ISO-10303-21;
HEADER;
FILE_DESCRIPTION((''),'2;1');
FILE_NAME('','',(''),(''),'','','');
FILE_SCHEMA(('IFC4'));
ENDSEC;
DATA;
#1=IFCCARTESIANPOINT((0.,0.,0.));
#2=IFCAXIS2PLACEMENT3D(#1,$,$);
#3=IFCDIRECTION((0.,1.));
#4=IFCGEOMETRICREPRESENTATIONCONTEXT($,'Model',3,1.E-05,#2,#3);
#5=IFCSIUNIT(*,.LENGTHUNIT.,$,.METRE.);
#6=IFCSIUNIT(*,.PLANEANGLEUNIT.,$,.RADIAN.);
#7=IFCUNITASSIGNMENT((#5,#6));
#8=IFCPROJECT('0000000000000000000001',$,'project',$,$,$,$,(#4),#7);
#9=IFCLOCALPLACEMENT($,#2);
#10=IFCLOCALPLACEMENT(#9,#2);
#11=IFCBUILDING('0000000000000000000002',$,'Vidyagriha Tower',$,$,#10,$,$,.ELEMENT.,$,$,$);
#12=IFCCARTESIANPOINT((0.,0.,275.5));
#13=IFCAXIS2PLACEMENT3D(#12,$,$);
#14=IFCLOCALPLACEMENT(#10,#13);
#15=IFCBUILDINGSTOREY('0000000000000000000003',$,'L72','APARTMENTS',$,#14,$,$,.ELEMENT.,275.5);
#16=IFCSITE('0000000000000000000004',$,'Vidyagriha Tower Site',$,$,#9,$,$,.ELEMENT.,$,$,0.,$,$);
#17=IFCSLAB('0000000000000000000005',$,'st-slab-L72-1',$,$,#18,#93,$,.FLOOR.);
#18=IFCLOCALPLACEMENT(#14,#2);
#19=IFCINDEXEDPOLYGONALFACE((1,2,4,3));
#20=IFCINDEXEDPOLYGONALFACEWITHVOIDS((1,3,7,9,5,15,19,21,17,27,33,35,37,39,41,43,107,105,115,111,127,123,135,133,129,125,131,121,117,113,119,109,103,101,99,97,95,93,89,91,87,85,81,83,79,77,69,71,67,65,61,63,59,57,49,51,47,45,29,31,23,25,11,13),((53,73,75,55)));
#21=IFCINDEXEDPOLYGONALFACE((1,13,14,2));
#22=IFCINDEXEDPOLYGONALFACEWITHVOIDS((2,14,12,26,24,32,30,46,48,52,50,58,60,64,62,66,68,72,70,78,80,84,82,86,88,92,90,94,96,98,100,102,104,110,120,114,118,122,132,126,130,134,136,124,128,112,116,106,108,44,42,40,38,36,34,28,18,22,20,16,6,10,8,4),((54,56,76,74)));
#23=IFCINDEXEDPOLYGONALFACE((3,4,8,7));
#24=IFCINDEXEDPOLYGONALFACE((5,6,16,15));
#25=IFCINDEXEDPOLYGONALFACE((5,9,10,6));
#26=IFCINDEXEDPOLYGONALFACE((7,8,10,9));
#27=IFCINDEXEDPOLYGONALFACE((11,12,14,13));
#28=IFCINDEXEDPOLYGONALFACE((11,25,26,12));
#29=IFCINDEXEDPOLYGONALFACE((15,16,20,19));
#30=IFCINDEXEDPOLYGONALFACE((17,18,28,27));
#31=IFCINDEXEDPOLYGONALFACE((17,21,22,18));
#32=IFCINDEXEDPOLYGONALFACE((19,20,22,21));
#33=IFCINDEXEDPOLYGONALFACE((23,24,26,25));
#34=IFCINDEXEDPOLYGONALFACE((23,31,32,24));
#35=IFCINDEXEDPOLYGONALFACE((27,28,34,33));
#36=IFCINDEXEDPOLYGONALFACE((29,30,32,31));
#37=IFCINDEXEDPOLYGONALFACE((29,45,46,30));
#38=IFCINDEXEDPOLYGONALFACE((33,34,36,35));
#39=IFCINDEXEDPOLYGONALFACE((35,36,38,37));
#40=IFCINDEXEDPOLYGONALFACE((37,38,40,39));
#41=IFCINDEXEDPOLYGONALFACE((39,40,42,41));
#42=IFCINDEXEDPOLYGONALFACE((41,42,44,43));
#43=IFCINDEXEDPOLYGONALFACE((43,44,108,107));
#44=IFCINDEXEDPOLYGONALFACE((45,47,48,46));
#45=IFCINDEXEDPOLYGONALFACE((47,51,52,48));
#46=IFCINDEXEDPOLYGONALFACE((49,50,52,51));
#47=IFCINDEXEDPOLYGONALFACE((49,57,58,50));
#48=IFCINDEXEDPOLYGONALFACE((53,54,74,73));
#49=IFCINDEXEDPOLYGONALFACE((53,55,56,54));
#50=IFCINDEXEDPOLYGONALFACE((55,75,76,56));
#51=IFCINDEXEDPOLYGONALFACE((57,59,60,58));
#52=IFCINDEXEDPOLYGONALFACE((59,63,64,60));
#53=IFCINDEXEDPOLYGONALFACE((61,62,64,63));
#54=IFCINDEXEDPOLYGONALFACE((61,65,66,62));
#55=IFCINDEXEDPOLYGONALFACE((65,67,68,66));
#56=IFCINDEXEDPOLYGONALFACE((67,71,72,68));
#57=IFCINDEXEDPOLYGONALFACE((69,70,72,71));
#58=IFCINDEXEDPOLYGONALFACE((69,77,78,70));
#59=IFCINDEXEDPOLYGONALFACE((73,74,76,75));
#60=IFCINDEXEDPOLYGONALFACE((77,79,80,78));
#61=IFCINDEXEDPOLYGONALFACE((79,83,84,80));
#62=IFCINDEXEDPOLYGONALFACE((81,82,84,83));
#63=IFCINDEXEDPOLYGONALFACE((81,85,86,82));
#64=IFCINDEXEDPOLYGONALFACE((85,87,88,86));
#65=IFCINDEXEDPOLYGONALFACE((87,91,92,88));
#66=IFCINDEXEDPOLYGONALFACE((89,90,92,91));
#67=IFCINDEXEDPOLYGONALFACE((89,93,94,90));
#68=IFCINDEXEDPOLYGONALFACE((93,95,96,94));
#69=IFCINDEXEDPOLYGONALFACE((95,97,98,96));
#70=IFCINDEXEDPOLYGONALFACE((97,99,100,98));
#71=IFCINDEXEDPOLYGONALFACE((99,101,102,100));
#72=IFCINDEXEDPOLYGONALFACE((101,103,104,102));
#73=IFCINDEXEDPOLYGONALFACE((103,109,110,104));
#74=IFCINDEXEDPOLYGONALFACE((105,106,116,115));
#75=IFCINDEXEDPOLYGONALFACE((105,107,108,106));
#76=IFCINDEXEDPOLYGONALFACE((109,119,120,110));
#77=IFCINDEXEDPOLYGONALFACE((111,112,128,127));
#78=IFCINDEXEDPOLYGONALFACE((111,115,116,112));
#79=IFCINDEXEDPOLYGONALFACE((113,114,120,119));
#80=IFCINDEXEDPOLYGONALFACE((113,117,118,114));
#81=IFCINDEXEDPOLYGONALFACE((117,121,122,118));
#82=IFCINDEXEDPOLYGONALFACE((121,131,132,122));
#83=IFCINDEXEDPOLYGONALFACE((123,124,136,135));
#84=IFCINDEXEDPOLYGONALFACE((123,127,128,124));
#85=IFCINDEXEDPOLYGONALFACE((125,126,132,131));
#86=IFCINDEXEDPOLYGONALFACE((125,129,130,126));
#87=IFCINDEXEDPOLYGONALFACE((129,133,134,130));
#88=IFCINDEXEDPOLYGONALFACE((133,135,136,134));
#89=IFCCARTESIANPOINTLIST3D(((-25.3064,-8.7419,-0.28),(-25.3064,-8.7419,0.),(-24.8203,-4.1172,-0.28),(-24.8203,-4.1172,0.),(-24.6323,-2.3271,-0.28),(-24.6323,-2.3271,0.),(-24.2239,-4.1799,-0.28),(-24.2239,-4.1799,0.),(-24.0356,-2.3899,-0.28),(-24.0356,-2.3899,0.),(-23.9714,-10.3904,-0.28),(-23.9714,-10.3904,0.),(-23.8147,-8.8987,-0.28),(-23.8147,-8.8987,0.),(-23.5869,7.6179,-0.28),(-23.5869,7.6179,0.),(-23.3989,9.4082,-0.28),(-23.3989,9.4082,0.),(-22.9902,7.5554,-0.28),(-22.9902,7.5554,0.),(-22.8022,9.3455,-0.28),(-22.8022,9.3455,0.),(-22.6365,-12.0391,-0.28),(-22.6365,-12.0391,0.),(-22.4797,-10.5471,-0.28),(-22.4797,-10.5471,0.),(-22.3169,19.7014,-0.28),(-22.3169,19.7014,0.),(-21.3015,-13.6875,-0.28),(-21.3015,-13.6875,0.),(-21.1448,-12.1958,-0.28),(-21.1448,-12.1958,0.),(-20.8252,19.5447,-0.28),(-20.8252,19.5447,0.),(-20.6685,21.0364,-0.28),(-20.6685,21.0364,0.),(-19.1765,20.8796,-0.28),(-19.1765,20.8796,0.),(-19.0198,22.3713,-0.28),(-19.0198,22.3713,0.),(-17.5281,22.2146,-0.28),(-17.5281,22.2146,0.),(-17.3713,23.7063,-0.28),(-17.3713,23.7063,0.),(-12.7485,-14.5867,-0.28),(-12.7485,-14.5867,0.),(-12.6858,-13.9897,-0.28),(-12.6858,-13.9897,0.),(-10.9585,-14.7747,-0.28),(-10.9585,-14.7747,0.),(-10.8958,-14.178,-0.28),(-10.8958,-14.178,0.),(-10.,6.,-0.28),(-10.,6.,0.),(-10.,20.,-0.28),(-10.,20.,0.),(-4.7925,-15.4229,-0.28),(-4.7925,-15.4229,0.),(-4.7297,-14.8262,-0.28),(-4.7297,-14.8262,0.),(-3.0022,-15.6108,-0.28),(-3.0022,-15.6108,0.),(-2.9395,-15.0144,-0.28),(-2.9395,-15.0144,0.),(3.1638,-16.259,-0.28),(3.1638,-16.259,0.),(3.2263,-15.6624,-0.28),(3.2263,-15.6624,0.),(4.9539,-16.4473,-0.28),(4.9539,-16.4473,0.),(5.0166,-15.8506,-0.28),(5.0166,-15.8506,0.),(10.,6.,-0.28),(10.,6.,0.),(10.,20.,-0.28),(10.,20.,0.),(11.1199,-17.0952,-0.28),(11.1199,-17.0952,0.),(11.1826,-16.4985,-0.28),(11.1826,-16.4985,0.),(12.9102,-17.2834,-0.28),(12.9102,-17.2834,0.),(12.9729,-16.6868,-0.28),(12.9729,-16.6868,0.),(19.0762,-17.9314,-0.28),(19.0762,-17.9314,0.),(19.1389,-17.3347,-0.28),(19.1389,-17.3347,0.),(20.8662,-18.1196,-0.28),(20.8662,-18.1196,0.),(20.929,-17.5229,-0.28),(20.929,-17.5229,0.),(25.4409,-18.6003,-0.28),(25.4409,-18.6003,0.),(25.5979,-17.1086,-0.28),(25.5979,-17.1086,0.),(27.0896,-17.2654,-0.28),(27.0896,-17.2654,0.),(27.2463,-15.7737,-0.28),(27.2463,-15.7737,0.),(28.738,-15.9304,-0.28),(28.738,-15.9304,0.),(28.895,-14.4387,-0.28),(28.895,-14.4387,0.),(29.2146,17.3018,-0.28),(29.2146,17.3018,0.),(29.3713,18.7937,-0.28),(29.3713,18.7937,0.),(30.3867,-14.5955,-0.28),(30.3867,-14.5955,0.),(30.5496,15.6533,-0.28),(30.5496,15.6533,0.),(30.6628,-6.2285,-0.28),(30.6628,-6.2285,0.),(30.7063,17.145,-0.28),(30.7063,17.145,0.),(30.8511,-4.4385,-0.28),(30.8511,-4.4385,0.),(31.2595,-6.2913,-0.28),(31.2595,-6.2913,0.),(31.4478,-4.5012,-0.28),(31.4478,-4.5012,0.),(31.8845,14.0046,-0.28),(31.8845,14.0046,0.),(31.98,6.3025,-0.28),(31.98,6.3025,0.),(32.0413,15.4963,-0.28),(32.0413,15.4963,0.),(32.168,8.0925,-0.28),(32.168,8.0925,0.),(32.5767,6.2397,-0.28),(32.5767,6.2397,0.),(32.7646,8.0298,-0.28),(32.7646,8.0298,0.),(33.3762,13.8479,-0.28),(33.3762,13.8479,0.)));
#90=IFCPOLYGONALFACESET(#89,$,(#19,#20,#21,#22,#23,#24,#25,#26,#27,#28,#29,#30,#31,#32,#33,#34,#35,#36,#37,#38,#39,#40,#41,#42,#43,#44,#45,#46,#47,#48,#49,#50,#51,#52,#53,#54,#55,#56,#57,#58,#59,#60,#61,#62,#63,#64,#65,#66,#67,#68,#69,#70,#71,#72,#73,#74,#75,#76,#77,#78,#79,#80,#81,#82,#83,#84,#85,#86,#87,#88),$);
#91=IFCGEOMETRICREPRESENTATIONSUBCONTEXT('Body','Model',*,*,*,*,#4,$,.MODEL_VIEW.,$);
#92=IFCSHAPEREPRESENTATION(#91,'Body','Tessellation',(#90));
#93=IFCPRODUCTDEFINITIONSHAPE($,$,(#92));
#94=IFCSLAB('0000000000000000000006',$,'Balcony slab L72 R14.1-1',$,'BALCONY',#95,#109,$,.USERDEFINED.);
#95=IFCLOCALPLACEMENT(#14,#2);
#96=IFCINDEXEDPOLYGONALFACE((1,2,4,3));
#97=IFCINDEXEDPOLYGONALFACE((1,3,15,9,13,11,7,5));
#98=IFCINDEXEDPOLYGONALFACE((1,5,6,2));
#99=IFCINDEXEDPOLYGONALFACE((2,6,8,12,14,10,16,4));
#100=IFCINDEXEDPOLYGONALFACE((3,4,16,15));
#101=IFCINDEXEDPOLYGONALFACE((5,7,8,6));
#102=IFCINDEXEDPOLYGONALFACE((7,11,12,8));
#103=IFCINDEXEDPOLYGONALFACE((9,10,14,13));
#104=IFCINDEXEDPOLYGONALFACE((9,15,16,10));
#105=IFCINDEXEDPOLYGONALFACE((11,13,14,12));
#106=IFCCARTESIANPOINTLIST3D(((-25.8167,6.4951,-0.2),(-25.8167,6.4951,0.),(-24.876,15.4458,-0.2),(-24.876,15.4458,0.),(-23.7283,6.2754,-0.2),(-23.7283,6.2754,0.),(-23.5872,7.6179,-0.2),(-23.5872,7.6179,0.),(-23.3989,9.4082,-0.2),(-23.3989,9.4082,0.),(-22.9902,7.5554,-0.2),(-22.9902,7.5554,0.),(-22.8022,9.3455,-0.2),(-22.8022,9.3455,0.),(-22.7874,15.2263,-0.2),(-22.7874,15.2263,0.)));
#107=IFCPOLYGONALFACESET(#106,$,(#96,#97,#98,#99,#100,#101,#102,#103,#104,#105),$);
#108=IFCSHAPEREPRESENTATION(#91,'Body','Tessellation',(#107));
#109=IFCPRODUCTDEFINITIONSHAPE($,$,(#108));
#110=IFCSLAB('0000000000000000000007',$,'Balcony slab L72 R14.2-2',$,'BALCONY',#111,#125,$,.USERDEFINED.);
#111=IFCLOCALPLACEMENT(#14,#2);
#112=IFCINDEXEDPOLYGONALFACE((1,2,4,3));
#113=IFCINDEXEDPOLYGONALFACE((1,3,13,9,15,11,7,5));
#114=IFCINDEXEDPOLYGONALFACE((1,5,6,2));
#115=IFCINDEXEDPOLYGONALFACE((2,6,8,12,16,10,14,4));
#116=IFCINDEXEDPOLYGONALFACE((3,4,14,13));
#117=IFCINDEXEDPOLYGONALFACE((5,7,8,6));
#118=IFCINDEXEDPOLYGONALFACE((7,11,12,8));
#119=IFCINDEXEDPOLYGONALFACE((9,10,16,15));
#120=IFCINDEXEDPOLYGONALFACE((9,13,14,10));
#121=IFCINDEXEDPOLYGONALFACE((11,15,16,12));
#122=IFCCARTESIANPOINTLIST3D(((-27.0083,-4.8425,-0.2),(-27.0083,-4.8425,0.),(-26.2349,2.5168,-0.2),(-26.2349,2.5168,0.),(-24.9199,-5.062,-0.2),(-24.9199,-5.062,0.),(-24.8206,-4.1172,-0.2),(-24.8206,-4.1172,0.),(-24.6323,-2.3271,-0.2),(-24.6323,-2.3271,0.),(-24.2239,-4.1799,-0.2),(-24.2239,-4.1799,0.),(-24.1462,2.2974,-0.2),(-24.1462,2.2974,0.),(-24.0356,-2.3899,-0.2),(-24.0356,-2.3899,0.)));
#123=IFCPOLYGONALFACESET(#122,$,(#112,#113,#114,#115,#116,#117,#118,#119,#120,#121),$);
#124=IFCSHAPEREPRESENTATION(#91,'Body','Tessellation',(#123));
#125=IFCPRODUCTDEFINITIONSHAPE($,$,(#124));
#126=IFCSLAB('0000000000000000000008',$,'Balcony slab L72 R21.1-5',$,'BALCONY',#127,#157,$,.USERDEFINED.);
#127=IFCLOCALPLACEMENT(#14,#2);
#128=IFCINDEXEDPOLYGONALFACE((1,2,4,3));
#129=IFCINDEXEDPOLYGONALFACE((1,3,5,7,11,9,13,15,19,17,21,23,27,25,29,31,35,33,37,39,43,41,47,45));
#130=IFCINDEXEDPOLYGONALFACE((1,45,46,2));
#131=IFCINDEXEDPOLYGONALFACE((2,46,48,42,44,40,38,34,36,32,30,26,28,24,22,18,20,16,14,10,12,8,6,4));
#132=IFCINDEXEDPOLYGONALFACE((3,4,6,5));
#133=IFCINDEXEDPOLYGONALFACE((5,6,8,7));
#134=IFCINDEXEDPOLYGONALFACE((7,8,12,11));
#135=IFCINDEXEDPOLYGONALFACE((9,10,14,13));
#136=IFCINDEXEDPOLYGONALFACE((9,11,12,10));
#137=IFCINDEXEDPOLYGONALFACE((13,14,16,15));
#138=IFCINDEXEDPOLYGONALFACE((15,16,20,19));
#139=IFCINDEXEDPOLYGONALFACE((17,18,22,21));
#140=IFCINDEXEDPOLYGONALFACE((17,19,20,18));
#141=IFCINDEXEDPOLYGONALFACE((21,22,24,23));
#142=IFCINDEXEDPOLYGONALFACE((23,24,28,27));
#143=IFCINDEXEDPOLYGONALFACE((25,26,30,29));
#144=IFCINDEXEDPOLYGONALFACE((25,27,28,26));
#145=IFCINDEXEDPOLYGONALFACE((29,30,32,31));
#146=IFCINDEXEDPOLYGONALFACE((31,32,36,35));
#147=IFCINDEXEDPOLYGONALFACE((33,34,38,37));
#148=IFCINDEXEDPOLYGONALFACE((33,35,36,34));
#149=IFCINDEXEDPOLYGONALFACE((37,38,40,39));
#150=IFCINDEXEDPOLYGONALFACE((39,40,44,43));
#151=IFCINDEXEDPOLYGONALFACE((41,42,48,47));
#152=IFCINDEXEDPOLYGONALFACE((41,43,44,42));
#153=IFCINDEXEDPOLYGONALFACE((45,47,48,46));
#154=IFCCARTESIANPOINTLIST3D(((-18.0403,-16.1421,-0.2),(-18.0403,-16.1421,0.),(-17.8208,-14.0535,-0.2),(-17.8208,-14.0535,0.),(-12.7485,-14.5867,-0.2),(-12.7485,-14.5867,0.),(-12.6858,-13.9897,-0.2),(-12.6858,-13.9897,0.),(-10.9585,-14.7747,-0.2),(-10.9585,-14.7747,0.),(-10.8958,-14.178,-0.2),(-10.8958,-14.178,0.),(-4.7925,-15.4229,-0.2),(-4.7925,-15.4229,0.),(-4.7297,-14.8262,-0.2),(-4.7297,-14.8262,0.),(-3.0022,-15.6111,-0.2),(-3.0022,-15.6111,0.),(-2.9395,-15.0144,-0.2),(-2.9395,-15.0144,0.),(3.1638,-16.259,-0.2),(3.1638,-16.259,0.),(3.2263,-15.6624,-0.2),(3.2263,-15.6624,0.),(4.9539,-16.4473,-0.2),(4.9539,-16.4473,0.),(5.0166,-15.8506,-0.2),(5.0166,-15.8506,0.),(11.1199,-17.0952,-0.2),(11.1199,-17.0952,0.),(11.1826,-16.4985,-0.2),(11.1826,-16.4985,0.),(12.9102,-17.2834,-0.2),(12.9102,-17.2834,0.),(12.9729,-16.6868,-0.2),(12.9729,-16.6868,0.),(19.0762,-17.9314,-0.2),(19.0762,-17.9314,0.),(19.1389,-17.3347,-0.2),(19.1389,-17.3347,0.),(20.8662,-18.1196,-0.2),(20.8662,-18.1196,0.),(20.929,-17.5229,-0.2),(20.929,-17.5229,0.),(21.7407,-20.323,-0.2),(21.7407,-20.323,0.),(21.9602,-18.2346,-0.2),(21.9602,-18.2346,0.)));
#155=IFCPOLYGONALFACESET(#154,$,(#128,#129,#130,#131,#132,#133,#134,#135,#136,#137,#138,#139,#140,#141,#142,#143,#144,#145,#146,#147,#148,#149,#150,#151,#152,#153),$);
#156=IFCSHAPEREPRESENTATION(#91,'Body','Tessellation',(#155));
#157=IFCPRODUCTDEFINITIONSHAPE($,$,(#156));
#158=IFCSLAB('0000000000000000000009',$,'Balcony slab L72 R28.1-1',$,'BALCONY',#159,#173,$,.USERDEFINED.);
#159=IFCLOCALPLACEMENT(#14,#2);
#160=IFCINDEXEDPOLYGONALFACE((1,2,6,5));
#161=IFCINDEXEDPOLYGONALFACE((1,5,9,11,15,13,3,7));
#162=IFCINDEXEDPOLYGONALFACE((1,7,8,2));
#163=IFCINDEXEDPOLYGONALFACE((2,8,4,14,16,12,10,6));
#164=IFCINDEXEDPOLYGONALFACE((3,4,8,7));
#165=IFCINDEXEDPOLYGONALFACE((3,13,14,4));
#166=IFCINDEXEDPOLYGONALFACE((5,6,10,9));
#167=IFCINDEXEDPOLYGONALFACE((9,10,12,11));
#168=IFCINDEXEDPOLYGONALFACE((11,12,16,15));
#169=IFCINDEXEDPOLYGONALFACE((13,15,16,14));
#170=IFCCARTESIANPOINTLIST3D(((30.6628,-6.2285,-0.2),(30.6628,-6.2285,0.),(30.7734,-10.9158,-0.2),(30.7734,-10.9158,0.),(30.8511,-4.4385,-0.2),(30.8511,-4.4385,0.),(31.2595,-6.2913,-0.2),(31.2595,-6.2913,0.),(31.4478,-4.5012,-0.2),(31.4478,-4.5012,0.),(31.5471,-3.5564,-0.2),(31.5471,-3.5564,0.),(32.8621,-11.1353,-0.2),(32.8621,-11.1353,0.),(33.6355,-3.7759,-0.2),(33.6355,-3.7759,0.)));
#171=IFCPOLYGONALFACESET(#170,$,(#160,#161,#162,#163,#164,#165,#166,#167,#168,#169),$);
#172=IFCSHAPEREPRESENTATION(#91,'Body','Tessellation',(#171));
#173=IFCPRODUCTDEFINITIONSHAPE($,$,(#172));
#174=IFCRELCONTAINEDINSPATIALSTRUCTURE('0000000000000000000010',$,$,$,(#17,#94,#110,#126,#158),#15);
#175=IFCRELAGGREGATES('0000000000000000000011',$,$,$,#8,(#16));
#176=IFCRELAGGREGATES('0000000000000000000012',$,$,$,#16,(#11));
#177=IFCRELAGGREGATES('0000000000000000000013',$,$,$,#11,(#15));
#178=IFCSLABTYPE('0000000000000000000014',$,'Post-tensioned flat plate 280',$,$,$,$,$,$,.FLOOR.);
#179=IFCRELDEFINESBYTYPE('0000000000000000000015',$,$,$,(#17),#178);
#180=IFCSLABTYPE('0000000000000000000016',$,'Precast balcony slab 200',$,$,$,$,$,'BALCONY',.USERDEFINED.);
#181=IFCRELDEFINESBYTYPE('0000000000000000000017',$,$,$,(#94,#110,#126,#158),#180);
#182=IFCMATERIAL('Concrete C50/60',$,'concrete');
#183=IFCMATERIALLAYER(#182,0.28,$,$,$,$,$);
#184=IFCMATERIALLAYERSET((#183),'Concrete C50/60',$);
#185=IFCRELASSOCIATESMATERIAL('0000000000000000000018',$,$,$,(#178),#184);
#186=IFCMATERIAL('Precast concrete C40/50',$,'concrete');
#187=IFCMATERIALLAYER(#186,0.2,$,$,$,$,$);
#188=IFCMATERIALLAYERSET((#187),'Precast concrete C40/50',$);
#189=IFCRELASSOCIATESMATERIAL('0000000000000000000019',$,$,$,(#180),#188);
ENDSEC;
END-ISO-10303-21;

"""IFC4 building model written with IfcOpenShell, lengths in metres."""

from ifc_helpers import new_model, si_unit, direction, frame, origin, place, context, subcontext, project, spatial, polyline, outline, extrude, material, layer, layer_set, type_object, element, save


model = new_model("IFC4")

# Units and contexts
model_context = context("Model", 3, precision=1e-05, world=origin(), true_north=direction((0.0, 1.0)))
body_context = subcontext(model_context, "Body", "Model", "MODEL_VIEW")
ifc_project = project(units=[si_unit("LENGTHUNIT", "METRE"), si_unit("PLANEANGLEUNIT", "RADIAN")], contexts=[model_context])

# Site, building, storey
site_placement = place(None, origin())
site = spatial("IfcSite", under=ifc_project, at=site_placement, Name="Vidyagriha Tower Site", CompositionType="ELEMENT", RefElevation=0.0)
building_placement = place(site_placement, origin())
building = spatial("IfcBuilding", under=site, at=building_placement, Name="Vidyagriha Tower", CompositionType="ELEMENT")
storey_placement = place(building_placement, frame((0.0, 0.0, 275.5)))
storey = spatial("IfcBuildingStorey", under=building, at=storey_placement, Name="L72", Description="APARTMENTS", CompositionType="ELEMENT", Elevation=275.5)

# Slabs
ifc_material_1 = material(Name="Concrete C50/60", Category="concrete")
ifc_layer_1 = layer(ifc_material_1, 0.28)
ifc_layer_set_1 = layer_set([ifc_layer_1], Name="Concrete C50/60")
slab_type_1 = type_object("IfcSlabType", Name="Post-tensioned flat plate 280", PredefinedType="FLOOR", material=ifc_layer_set_1)
slab_1_placement = place(storey_placement, frame((0.0, 0.0, -0.28)))
element("IfcSlab", 1, at=slab_1_placement, inside=storey, type_object=slab_type_1, Name="st-slab-L72-1", PredefinedType="FLOOR", context=body_context, shape_type="SweptSolid", body=[
    extrude(outline(polyline([(28.738, -15.9304), (27.2463, -15.7737), (27.0896, -17.2654), (25.5979, -17.1086), (25.4409, -18.6003), (20.8662, -18.1196), (20.929, -17.5229), (19.1389, -17.3347), (19.0762, -17.9314), (12.9102, -17.2834), (12.9729, -16.6868), (11.1826, -16.4985), (11.1199, -17.0952), (4.9539, -16.4473), (5.0166, -15.8506), (3.2263, -15.6624), (3.1638, -16.259), (-3.0022, -15.6108), (-2.9395, -15.0144), (-4.7297, -14.8262), (-4.7925, -15.4229), (-10.9585, -14.7747), (-10.8958, -14.178), (-12.6858, -13.9897), (-12.7485, -14.5867), (-21.3015, -13.6875), (-21.1448, -12.1958), (-22.6365, -12.0391), (-22.4797, -10.5471), (-23.9714, -10.3904), (-23.8147, -8.8987), (-25.3064, -8.7419), (-24.8203, -4.1172), (-24.2239, -4.1799), (-24.0356, -2.3899), (-24.6323, -2.3271), (-23.5869, 7.6179), (-22.9902, 7.5554), (-22.8022, 9.3455), (-23.3989, 9.4082), (-22.3169, 19.7014), (-20.8252, 19.5447), (-20.6685, 21.0364), (-19.1765, 20.8796), (-19.0198, 22.3713), (-17.5281, 22.2146), (-17.3713, 23.7063), (29.3713, 18.7937), (29.2146, 17.3018), (30.7063, 17.145), (30.5496, 15.6533), (32.0413, 15.4963), (31.8845, 14.0046), (33.3762, 13.8479), (32.7646, 8.0298), (32.168, 8.0925), (31.98, 6.3025), (32.5767, 6.2397), (31.4478, -4.5012), (30.8511, -4.4385), (30.6628, -6.2285), (31.2595, -6.2913), (30.3867, -14.5955), (28.895, -14.4387), (28.738, -15.9304)]), holes=[polyline([(-10.0, 20.0), (-10.0, 6.0), (10.0, 6.0), (10.0, 20.0), (-10.0, 20.0)])]), origin(), (0.0, 0.0, 1.0), 0.28),
])
ifc_material_2 = material(Name="Precast concrete C40/50", Category="concrete")
ifc_layer_2 = layer(ifc_material_2, 0.2)
ifc_layer_set_2 = layer_set([ifc_layer_2], Name="Precast concrete C40/50")
slab_type_2 = type_object("IfcSlabType", Name="Precast balcony slab 200", ElementType="BALCONY", PredefinedType="USERDEFINED", material=ifc_layer_set_2)
slab_2_placement = place(storey_placement, frame((0.0, 0.0, -0.2)))
element("IfcSlab", 2, at=slab_2_placement, inside=storey, type_object=slab_type_2, Name="Balcony slab L72 R14.1-1", ObjectType="BALCONY", PredefinedType="USERDEFINED", context=body_context, shape_type="SweptSolid", body=[
    extrude(outline(polyline([(-22.9902, 7.5554), (-22.8022, 9.3455), (-23.3989, 9.4082), (-22.7874, 15.2263), (-24.876, 15.4458), (-25.8167, 6.4951), (-23.7283, 6.2754), (-23.5872, 7.6179), (-22.9902, 7.5554)])), origin(), (0.0, 0.0, 1.0), 0.2),
])
slab_3_placement = place(storey_placement, frame((0.0, 0.0, -0.2)))
element("IfcSlab", 3, at=slab_3_placement, inside=storey, type_object=slab_type_2, Name="Balcony slab L72 R14.2-2", ObjectType="BALCONY", PredefinedType="USERDEFINED", context=body_context, shape_type="SweptSolid", body=[
    extrude(outline(polyline([(-24.2239, -4.1799), (-24.0356, -2.3899), (-24.6323, -2.3271), (-24.1462, 2.2974), (-26.2349, 2.5168), (-27.0083, -4.8425), (-24.9199, -5.062), (-24.8206, -4.1172), (-24.2239, -4.1799)])), origin(), (0.0, 0.0, 1.0), 0.2),
])
slab_4_placement = place(storey_placement, frame((0.0, 0.0, -0.2)))
element("IfcSlab", 4, at=slab_4_placement, inside=storey, type_object=slab_type_2, Name="Balcony slab L72 R21.1-5", ObjectType="BALCONY", PredefinedType="USERDEFINED", context=body_context, shape_type="SweptSolid", body=[
    extrude(outline(polyline([(20.8662, -18.1196), (20.929, -17.5229), (19.1389, -17.3347), (19.0762, -17.9314), (12.9102, -17.2834), (12.9729, -16.6868), (11.1826, -16.4985), (11.1199, -17.0952), (4.9539, -16.4473), (5.0166, -15.8506), (3.2263, -15.6624), (3.1638, -16.259), (-3.0022, -15.6111), (-2.9395, -15.0144), (-4.7297, -14.8262), (-4.7925, -15.4229), (-10.9585, -14.7747), (-10.8958, -14.178), (-12.6858, -13.9897), (-12.7485, -14.5867), (-17.8208, -14.0535), (-18.0403, -16.1421), (21.7407, -20.323), (21.9602, -18.2346), (20.8662, -18.1196)])), origin(), (0.0, 0.0, 1.0), 0.2),
])
slab_5_placement = place(storey_placement, frame((0.0, 0.0, -0.2)))
element("IfcSlab", 5, at=slab_5_placement, inside=storey, type_object=slab_type_2, Name="Balcony slab L72 R28.1-1", ObjectType="BALCONY", PredefinedType="USERDEFINED", context=body_context, shape_type="SweptSolid", body=[
    extrude(outline(polyline([(31.2595, -6.2913), (30.7734, -10.9158), (32.8621, -11.1353), (33.6355, -3.7759), (31.5471, -3.5564), (31.4478, -4.5012), (30.8511, -4.4385), (30.6628, -6.2285), (31.2595, -6.2913)])), origin(), (0.0, 0.0, 1.0), 0.2),
])

save(model, "model.ifc")
